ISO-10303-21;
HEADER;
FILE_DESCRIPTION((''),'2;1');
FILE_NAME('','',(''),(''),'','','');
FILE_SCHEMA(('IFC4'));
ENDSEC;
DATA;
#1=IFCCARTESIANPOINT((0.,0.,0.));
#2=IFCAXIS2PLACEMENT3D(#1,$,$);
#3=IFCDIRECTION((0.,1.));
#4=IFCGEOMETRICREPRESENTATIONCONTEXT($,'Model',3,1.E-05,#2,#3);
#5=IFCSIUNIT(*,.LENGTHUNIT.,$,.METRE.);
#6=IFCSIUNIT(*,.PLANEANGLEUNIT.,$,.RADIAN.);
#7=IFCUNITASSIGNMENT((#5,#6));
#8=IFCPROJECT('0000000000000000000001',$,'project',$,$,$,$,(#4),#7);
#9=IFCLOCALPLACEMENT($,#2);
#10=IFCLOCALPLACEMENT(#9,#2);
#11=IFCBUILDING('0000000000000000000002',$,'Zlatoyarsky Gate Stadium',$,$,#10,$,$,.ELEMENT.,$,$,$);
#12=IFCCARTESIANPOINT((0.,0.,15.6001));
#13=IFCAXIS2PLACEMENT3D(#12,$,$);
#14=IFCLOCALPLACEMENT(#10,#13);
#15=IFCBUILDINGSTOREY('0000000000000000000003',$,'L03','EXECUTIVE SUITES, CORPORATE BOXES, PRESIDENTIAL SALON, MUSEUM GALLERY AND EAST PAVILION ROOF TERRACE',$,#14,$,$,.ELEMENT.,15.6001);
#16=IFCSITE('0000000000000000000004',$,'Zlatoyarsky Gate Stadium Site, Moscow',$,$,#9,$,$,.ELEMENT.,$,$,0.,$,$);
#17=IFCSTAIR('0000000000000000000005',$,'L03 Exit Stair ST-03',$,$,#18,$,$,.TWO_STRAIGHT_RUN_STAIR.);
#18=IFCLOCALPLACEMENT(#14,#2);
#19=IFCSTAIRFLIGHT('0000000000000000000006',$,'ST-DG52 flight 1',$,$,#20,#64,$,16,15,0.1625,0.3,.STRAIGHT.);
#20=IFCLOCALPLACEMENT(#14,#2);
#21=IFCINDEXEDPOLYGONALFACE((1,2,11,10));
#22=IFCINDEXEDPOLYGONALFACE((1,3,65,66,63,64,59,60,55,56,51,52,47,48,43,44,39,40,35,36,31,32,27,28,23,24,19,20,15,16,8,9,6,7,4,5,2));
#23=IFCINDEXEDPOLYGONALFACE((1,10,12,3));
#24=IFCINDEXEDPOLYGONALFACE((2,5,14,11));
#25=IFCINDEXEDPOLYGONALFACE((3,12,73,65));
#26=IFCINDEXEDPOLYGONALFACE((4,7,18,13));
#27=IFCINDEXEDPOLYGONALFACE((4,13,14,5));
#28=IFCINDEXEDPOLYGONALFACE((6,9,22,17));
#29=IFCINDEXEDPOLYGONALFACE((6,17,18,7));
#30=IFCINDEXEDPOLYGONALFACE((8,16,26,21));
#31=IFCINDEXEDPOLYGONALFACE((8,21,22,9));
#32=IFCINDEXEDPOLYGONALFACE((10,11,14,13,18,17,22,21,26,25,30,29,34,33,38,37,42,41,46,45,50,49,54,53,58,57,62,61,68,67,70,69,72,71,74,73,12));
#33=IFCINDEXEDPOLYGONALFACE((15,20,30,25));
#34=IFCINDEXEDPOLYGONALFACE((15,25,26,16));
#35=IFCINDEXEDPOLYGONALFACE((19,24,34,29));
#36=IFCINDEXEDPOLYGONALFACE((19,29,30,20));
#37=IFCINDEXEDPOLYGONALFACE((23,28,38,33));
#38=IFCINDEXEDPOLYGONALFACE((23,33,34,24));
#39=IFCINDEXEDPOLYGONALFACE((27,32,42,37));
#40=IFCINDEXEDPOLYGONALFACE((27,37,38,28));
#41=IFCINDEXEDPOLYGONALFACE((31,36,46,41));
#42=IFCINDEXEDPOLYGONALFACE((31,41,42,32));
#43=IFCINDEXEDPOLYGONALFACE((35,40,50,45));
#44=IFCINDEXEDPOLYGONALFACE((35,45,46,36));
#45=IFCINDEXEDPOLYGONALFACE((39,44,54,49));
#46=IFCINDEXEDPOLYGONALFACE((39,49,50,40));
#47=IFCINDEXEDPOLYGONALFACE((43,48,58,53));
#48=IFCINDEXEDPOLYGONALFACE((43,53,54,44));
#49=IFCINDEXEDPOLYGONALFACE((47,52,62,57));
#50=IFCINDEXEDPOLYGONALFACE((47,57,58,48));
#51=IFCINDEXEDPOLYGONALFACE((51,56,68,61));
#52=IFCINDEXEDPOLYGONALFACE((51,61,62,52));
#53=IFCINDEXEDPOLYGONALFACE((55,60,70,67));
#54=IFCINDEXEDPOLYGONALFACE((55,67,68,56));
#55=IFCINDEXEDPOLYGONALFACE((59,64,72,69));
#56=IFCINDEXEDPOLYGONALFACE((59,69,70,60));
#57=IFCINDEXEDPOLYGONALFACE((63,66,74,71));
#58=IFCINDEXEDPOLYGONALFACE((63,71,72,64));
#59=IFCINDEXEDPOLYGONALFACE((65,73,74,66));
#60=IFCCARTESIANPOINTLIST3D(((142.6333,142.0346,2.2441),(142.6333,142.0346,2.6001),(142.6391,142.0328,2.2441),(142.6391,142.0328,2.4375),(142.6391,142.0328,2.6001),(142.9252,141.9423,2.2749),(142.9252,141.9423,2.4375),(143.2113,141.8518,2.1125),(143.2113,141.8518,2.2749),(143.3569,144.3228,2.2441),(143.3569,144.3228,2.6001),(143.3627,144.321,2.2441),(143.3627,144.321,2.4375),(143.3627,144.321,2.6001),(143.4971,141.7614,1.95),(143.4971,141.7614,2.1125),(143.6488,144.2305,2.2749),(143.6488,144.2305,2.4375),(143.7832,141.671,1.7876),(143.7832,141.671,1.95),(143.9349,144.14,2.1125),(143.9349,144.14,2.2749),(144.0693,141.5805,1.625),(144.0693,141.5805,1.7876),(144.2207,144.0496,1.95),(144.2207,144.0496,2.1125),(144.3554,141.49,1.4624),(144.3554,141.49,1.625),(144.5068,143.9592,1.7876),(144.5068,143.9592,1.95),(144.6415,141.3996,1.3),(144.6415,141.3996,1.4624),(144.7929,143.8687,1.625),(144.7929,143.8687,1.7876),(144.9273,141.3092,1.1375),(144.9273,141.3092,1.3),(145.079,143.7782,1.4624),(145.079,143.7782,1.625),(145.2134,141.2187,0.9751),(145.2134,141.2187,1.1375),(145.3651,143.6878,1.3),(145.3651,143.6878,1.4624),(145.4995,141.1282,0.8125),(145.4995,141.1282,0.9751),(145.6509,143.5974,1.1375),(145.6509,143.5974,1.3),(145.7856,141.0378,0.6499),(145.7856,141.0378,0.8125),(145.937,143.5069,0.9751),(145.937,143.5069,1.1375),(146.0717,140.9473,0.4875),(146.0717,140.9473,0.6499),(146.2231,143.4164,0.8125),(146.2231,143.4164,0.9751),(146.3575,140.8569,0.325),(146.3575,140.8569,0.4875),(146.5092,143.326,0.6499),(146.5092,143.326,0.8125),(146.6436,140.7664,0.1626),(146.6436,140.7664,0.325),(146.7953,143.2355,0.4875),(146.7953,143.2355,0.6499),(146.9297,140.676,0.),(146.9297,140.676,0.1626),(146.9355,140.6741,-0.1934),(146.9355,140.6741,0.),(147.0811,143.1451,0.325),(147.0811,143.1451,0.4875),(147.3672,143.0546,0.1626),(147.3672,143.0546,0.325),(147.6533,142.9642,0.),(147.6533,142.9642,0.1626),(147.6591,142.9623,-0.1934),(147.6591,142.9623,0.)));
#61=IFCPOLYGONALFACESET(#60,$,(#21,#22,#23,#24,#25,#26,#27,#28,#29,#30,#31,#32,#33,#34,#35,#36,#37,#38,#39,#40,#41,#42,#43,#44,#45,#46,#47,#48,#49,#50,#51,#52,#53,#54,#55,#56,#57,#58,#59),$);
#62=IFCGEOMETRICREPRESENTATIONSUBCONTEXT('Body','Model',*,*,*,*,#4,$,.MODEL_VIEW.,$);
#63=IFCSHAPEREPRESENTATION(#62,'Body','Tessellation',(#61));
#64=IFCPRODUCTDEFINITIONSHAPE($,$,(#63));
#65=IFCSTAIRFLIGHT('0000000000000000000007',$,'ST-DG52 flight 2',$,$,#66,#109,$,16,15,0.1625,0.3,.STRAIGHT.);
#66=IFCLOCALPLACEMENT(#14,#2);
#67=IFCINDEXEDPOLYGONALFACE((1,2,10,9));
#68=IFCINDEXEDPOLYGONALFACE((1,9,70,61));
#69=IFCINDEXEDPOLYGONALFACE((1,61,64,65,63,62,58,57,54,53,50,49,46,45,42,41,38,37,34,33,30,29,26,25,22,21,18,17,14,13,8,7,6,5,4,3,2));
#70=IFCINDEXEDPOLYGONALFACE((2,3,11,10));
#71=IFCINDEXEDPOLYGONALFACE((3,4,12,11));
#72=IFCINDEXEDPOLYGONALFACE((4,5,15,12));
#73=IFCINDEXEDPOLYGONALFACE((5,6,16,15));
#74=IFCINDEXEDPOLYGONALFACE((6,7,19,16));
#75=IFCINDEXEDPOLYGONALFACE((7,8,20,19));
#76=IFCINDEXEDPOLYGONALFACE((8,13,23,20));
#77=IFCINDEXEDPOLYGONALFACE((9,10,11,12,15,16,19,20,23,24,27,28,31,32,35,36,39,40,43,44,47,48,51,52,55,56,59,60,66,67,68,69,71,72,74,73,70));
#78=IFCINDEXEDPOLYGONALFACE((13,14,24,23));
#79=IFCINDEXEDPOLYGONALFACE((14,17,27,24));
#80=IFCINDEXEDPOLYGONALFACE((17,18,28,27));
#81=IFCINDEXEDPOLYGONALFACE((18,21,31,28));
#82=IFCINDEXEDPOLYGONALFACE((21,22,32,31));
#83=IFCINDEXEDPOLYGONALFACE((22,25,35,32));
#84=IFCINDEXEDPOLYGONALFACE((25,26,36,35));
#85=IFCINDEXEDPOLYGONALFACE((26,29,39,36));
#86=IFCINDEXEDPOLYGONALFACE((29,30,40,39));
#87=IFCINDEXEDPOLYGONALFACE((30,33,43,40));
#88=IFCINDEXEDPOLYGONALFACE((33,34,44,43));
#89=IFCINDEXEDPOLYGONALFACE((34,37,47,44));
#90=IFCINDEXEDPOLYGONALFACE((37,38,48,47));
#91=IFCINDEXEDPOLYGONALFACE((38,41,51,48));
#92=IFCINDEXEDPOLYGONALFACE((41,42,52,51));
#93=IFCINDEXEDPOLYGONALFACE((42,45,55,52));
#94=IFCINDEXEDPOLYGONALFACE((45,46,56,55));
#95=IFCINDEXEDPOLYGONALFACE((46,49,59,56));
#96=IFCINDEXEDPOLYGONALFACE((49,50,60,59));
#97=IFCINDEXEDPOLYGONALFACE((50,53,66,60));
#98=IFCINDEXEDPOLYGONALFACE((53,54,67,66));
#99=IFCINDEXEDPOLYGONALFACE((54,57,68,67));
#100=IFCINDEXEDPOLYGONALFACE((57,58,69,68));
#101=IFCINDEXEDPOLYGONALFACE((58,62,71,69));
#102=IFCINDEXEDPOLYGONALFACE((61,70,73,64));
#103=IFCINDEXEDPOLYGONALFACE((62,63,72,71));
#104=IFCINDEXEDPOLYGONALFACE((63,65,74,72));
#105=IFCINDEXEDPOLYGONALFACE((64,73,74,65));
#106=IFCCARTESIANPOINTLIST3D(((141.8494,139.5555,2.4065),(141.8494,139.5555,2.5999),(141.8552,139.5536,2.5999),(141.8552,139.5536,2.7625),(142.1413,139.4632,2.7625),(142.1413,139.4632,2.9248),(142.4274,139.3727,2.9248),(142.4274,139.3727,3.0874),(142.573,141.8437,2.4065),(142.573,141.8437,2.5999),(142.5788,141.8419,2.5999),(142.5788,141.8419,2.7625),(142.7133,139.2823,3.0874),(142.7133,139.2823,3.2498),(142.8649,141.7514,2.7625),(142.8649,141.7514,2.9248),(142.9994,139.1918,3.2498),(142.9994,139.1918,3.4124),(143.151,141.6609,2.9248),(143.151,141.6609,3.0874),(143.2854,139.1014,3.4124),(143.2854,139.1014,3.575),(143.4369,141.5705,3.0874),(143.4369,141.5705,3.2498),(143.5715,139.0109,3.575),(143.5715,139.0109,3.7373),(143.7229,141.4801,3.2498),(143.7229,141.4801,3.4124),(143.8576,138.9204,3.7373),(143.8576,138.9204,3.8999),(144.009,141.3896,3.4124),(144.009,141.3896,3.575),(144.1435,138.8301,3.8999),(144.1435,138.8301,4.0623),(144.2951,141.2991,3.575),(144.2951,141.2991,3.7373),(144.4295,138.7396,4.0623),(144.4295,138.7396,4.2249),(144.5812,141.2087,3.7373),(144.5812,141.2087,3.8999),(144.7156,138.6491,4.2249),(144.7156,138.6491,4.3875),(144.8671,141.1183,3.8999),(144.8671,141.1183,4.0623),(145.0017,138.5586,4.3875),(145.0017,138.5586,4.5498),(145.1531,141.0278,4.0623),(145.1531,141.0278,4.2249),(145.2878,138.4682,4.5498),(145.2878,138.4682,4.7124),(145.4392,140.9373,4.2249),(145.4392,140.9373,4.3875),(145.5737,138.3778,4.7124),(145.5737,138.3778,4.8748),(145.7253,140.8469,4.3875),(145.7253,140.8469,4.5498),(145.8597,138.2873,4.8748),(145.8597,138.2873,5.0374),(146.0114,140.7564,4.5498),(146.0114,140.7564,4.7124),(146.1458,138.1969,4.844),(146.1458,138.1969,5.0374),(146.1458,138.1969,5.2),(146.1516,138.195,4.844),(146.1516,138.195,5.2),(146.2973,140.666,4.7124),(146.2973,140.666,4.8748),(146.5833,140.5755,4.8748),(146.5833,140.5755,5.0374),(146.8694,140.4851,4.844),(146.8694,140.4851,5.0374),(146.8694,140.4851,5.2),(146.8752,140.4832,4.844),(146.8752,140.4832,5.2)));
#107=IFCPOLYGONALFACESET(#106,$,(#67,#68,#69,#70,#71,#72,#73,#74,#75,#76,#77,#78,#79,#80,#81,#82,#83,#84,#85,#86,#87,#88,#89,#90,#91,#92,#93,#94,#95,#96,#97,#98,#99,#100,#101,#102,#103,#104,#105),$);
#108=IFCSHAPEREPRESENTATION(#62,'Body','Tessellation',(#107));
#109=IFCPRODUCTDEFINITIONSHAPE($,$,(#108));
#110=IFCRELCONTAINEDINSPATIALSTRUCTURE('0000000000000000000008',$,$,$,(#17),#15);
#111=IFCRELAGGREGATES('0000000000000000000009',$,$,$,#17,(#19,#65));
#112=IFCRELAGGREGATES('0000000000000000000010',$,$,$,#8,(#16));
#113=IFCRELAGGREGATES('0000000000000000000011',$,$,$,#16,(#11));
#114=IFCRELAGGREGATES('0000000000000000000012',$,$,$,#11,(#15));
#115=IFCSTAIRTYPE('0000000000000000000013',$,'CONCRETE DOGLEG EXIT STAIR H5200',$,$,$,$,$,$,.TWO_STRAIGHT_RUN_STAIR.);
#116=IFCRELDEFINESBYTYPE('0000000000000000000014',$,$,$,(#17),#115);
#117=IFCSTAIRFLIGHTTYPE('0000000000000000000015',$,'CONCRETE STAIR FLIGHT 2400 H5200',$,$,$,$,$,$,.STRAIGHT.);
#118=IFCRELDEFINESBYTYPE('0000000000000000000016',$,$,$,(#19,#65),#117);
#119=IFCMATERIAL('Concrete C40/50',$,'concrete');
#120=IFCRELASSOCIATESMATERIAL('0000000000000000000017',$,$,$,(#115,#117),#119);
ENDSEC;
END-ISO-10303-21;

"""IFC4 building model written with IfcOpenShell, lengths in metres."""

from ifc_helpers import new_model, si_unit, direction, frame, origin, place, context, subcontext, project, spatial, polyline, outline, extrude, material, type_object, element, aggregate, save


model = new_model("IFC4")

# Units and contexts
model_context = context("Model", 3, precision=1e-05, world=origin(), true_north=direction((0.0, 1.0)))
body_context = subcontext(model_context, "Body", "Model", "MODEL_VIEW")
ifc_project = project(units=[si_unit("LENGTHUNIT", "METRE"), si_unit("PLANEANGLEUNIT", "RADIAN")], contexts=[model_context])

# Site, building, storey
site_placement = place(None, origin())
site = spatial("IfcSite", under=ifc_project, at=site_placement, Name="Zlatoyarsky Gate Stadium Site, Moscow", CompositionType="ELEMENT", RefElevation=0.0)
building_placement = place(site_placement, origin())
building = spatial("IfcBuilding", under=site, at=building_placement, Name="Zlatoyarsky Gate Stadium", CompositionType="ELEMENT")
storey_placement = place(building_placement, frame((0.0, 0.0, 15.6001)))
storey = spatial("IfcBuildingStorey", under=building, at=storey_placement, Name="L03", Description="EXECUTIVE SUITES, CORPORATE BOXES, PRESIDENTIAL SALON, MUSEUM GALLERY AND EAST PAVILION ROOF TERRACE", CompositionType="ELEMENT", Elevation=15.6001)

# Shared definitions
ifc_material_1 = material(Name="Concrete C40/50", Category="concrete")

# Stair, stair flights
stair_type = type_object("IfcStairType", Name="CONCRETE DOGLEG EXIT STAIR H5200", PredefinedType="TWO_STRAIGHT_RUN_STAIR", material=ifc_material_1)
stair_placement = place(storey_placement, origin())
stair = element("IfcStair", 1, at=stair_placement, inside=storey, type_object=stair_type, Name="L03 Exit Stair ST-03", PredefinedType="TWO_STRAIGHT_RUN_STAIR")
stair_flight_type = type_object("IfcStairFlightType", Name="CONCRETE STAIR FLIGHT 2400 H5200", PredefinedType="STRAIGHT", material=ifc_material_1)
stair_flight_1_placement = place(storey_placement, frame((147.2915, 141.8201, 0.0), z_axis=(0.0, 0.0, 1.0), x_axis=(-0.953463, 0.30151, 0.0)))
stair_flight_1 = element("IfcStairFlight", 2, at=stair_flight_1_placement, type_object=stair_flight_type, Name="ST-DG52 flight 1", NumberOfRisers=16, NumberOfTreads=15, PredefinedType="STRAIGHT", RiserHeight=0.1625, TreadLength=0.3, context=body_context, shape_type="SweptSolid", body=[
    extrude(outline(polyline([(-0.0061, -0.1934), (-0.0061, 0.0), (0.0, 0.0), (0.0, 0.1626), (0.3, 0.1626), (0.3, 0.325), (0.6001, 0.325), (0.6001, 0.4875), (0.8999, 0.4875), (0.8999, 0.6499), (1.2, 0.6499), (1.2, 0.8125), (1.5, 0.8125), (1.5, 0.9751), (1.8, 0.9751), (1.8, 1.1375), (2.1001, 1.1375), (2.1001, 1.3), (2.3999, 1.3), (2.3999, 1.4624), (2.7, 1.4624), (2.7, 1.625), (3.0, 1.625), (3.0, 1.7876), (3.3, 1.7876), (3.3, 1.95), (3.6001, 1.95), (3.6001, 2.1125), (3.8999, 2.1125), (3.8999, 2.2749), (4.2, 2.2749), (4.2, 2.4375), (4.5, 2.4375), (4.5, 2.6001), (4.5061, 2.6001), (4.5061, 2.2441), (4.5, 2.2441), (-0.0061, -0.1934)])), frame((0.0, 1.2, 0.0), z_axis=(0.0, -1.0, 0.0), x_axis=(1.0, 0.0, 0.0)), (0.0, 0.0, 1.0), 2.3999),
])
stair_flight_2_placement = place(storey_placement, frame((142.217, 140.6978, 2.5999), z_axis=(0.0, 0.0, 1.0), x_axis=(0.953463, -0.30151, 0.0)))
stair_flight_2 = element("IfcStairFlight", 3, at=stair_flight_2_placement, type_object=stair_flight_type, Name="ST-DG52 flight 2", NumberOfRisers=16, NumberOfTreads=15, PredefinedType="STRAIGHT", RiserHeight=0.1625, TreadLength=0.3, context=body_context, shape_type="SweptSolid", body=[
    extrude(outline(polyline([(-0.0061, -0.1934), (-0.0061, 0.0), (0.0, 0.0), (0.0, 0.1626), (0.3, 0.1626), (0.3, 0.325), (0.6001, 0.325), (0.6001, 0.4875), (0.8999, 0.4875), (0.8999, 0.6499), (1.2, 0.6499), (1.2, 0.8125), (1.5, 0.8125), (1.5, 0.9751), (1.8, 0.9751), (1.8, 1.1375), (2.1001, 1.1375), (2.1001, 1.3), (2.3999, 1.3), (2.3999, 1.4624), (2.7, 1.4624), (2.7, 1.625), (3.0, 1.625), (3.0, 1.7876), (3.3, 1.7876), (3.3, 1.95), (3.6001, 1.95), (3.6001, 2.1125), (3.8999, 2.1125), (3.8999, 2.2749), (4.2, 2.2749), (4.2, 2.4375), (4.5, 2.4375), (4.5, 2.6001), (4.5061, 2.6001), (4.5061, 2.2441), (4.5, 2.2441), (-0.0061, -0.1934)])), frame((0.0, 1.2, 0.0), z_axis=(0.0, -1.0, 0.0), x_axis=(1.0, 0.0, 0.0)), (0.0, 0.0, 1.0), 2.3999),
])
aggregate(stair, [stair_flight_1, stair_flight_2])

save(model, "model.ifc")
